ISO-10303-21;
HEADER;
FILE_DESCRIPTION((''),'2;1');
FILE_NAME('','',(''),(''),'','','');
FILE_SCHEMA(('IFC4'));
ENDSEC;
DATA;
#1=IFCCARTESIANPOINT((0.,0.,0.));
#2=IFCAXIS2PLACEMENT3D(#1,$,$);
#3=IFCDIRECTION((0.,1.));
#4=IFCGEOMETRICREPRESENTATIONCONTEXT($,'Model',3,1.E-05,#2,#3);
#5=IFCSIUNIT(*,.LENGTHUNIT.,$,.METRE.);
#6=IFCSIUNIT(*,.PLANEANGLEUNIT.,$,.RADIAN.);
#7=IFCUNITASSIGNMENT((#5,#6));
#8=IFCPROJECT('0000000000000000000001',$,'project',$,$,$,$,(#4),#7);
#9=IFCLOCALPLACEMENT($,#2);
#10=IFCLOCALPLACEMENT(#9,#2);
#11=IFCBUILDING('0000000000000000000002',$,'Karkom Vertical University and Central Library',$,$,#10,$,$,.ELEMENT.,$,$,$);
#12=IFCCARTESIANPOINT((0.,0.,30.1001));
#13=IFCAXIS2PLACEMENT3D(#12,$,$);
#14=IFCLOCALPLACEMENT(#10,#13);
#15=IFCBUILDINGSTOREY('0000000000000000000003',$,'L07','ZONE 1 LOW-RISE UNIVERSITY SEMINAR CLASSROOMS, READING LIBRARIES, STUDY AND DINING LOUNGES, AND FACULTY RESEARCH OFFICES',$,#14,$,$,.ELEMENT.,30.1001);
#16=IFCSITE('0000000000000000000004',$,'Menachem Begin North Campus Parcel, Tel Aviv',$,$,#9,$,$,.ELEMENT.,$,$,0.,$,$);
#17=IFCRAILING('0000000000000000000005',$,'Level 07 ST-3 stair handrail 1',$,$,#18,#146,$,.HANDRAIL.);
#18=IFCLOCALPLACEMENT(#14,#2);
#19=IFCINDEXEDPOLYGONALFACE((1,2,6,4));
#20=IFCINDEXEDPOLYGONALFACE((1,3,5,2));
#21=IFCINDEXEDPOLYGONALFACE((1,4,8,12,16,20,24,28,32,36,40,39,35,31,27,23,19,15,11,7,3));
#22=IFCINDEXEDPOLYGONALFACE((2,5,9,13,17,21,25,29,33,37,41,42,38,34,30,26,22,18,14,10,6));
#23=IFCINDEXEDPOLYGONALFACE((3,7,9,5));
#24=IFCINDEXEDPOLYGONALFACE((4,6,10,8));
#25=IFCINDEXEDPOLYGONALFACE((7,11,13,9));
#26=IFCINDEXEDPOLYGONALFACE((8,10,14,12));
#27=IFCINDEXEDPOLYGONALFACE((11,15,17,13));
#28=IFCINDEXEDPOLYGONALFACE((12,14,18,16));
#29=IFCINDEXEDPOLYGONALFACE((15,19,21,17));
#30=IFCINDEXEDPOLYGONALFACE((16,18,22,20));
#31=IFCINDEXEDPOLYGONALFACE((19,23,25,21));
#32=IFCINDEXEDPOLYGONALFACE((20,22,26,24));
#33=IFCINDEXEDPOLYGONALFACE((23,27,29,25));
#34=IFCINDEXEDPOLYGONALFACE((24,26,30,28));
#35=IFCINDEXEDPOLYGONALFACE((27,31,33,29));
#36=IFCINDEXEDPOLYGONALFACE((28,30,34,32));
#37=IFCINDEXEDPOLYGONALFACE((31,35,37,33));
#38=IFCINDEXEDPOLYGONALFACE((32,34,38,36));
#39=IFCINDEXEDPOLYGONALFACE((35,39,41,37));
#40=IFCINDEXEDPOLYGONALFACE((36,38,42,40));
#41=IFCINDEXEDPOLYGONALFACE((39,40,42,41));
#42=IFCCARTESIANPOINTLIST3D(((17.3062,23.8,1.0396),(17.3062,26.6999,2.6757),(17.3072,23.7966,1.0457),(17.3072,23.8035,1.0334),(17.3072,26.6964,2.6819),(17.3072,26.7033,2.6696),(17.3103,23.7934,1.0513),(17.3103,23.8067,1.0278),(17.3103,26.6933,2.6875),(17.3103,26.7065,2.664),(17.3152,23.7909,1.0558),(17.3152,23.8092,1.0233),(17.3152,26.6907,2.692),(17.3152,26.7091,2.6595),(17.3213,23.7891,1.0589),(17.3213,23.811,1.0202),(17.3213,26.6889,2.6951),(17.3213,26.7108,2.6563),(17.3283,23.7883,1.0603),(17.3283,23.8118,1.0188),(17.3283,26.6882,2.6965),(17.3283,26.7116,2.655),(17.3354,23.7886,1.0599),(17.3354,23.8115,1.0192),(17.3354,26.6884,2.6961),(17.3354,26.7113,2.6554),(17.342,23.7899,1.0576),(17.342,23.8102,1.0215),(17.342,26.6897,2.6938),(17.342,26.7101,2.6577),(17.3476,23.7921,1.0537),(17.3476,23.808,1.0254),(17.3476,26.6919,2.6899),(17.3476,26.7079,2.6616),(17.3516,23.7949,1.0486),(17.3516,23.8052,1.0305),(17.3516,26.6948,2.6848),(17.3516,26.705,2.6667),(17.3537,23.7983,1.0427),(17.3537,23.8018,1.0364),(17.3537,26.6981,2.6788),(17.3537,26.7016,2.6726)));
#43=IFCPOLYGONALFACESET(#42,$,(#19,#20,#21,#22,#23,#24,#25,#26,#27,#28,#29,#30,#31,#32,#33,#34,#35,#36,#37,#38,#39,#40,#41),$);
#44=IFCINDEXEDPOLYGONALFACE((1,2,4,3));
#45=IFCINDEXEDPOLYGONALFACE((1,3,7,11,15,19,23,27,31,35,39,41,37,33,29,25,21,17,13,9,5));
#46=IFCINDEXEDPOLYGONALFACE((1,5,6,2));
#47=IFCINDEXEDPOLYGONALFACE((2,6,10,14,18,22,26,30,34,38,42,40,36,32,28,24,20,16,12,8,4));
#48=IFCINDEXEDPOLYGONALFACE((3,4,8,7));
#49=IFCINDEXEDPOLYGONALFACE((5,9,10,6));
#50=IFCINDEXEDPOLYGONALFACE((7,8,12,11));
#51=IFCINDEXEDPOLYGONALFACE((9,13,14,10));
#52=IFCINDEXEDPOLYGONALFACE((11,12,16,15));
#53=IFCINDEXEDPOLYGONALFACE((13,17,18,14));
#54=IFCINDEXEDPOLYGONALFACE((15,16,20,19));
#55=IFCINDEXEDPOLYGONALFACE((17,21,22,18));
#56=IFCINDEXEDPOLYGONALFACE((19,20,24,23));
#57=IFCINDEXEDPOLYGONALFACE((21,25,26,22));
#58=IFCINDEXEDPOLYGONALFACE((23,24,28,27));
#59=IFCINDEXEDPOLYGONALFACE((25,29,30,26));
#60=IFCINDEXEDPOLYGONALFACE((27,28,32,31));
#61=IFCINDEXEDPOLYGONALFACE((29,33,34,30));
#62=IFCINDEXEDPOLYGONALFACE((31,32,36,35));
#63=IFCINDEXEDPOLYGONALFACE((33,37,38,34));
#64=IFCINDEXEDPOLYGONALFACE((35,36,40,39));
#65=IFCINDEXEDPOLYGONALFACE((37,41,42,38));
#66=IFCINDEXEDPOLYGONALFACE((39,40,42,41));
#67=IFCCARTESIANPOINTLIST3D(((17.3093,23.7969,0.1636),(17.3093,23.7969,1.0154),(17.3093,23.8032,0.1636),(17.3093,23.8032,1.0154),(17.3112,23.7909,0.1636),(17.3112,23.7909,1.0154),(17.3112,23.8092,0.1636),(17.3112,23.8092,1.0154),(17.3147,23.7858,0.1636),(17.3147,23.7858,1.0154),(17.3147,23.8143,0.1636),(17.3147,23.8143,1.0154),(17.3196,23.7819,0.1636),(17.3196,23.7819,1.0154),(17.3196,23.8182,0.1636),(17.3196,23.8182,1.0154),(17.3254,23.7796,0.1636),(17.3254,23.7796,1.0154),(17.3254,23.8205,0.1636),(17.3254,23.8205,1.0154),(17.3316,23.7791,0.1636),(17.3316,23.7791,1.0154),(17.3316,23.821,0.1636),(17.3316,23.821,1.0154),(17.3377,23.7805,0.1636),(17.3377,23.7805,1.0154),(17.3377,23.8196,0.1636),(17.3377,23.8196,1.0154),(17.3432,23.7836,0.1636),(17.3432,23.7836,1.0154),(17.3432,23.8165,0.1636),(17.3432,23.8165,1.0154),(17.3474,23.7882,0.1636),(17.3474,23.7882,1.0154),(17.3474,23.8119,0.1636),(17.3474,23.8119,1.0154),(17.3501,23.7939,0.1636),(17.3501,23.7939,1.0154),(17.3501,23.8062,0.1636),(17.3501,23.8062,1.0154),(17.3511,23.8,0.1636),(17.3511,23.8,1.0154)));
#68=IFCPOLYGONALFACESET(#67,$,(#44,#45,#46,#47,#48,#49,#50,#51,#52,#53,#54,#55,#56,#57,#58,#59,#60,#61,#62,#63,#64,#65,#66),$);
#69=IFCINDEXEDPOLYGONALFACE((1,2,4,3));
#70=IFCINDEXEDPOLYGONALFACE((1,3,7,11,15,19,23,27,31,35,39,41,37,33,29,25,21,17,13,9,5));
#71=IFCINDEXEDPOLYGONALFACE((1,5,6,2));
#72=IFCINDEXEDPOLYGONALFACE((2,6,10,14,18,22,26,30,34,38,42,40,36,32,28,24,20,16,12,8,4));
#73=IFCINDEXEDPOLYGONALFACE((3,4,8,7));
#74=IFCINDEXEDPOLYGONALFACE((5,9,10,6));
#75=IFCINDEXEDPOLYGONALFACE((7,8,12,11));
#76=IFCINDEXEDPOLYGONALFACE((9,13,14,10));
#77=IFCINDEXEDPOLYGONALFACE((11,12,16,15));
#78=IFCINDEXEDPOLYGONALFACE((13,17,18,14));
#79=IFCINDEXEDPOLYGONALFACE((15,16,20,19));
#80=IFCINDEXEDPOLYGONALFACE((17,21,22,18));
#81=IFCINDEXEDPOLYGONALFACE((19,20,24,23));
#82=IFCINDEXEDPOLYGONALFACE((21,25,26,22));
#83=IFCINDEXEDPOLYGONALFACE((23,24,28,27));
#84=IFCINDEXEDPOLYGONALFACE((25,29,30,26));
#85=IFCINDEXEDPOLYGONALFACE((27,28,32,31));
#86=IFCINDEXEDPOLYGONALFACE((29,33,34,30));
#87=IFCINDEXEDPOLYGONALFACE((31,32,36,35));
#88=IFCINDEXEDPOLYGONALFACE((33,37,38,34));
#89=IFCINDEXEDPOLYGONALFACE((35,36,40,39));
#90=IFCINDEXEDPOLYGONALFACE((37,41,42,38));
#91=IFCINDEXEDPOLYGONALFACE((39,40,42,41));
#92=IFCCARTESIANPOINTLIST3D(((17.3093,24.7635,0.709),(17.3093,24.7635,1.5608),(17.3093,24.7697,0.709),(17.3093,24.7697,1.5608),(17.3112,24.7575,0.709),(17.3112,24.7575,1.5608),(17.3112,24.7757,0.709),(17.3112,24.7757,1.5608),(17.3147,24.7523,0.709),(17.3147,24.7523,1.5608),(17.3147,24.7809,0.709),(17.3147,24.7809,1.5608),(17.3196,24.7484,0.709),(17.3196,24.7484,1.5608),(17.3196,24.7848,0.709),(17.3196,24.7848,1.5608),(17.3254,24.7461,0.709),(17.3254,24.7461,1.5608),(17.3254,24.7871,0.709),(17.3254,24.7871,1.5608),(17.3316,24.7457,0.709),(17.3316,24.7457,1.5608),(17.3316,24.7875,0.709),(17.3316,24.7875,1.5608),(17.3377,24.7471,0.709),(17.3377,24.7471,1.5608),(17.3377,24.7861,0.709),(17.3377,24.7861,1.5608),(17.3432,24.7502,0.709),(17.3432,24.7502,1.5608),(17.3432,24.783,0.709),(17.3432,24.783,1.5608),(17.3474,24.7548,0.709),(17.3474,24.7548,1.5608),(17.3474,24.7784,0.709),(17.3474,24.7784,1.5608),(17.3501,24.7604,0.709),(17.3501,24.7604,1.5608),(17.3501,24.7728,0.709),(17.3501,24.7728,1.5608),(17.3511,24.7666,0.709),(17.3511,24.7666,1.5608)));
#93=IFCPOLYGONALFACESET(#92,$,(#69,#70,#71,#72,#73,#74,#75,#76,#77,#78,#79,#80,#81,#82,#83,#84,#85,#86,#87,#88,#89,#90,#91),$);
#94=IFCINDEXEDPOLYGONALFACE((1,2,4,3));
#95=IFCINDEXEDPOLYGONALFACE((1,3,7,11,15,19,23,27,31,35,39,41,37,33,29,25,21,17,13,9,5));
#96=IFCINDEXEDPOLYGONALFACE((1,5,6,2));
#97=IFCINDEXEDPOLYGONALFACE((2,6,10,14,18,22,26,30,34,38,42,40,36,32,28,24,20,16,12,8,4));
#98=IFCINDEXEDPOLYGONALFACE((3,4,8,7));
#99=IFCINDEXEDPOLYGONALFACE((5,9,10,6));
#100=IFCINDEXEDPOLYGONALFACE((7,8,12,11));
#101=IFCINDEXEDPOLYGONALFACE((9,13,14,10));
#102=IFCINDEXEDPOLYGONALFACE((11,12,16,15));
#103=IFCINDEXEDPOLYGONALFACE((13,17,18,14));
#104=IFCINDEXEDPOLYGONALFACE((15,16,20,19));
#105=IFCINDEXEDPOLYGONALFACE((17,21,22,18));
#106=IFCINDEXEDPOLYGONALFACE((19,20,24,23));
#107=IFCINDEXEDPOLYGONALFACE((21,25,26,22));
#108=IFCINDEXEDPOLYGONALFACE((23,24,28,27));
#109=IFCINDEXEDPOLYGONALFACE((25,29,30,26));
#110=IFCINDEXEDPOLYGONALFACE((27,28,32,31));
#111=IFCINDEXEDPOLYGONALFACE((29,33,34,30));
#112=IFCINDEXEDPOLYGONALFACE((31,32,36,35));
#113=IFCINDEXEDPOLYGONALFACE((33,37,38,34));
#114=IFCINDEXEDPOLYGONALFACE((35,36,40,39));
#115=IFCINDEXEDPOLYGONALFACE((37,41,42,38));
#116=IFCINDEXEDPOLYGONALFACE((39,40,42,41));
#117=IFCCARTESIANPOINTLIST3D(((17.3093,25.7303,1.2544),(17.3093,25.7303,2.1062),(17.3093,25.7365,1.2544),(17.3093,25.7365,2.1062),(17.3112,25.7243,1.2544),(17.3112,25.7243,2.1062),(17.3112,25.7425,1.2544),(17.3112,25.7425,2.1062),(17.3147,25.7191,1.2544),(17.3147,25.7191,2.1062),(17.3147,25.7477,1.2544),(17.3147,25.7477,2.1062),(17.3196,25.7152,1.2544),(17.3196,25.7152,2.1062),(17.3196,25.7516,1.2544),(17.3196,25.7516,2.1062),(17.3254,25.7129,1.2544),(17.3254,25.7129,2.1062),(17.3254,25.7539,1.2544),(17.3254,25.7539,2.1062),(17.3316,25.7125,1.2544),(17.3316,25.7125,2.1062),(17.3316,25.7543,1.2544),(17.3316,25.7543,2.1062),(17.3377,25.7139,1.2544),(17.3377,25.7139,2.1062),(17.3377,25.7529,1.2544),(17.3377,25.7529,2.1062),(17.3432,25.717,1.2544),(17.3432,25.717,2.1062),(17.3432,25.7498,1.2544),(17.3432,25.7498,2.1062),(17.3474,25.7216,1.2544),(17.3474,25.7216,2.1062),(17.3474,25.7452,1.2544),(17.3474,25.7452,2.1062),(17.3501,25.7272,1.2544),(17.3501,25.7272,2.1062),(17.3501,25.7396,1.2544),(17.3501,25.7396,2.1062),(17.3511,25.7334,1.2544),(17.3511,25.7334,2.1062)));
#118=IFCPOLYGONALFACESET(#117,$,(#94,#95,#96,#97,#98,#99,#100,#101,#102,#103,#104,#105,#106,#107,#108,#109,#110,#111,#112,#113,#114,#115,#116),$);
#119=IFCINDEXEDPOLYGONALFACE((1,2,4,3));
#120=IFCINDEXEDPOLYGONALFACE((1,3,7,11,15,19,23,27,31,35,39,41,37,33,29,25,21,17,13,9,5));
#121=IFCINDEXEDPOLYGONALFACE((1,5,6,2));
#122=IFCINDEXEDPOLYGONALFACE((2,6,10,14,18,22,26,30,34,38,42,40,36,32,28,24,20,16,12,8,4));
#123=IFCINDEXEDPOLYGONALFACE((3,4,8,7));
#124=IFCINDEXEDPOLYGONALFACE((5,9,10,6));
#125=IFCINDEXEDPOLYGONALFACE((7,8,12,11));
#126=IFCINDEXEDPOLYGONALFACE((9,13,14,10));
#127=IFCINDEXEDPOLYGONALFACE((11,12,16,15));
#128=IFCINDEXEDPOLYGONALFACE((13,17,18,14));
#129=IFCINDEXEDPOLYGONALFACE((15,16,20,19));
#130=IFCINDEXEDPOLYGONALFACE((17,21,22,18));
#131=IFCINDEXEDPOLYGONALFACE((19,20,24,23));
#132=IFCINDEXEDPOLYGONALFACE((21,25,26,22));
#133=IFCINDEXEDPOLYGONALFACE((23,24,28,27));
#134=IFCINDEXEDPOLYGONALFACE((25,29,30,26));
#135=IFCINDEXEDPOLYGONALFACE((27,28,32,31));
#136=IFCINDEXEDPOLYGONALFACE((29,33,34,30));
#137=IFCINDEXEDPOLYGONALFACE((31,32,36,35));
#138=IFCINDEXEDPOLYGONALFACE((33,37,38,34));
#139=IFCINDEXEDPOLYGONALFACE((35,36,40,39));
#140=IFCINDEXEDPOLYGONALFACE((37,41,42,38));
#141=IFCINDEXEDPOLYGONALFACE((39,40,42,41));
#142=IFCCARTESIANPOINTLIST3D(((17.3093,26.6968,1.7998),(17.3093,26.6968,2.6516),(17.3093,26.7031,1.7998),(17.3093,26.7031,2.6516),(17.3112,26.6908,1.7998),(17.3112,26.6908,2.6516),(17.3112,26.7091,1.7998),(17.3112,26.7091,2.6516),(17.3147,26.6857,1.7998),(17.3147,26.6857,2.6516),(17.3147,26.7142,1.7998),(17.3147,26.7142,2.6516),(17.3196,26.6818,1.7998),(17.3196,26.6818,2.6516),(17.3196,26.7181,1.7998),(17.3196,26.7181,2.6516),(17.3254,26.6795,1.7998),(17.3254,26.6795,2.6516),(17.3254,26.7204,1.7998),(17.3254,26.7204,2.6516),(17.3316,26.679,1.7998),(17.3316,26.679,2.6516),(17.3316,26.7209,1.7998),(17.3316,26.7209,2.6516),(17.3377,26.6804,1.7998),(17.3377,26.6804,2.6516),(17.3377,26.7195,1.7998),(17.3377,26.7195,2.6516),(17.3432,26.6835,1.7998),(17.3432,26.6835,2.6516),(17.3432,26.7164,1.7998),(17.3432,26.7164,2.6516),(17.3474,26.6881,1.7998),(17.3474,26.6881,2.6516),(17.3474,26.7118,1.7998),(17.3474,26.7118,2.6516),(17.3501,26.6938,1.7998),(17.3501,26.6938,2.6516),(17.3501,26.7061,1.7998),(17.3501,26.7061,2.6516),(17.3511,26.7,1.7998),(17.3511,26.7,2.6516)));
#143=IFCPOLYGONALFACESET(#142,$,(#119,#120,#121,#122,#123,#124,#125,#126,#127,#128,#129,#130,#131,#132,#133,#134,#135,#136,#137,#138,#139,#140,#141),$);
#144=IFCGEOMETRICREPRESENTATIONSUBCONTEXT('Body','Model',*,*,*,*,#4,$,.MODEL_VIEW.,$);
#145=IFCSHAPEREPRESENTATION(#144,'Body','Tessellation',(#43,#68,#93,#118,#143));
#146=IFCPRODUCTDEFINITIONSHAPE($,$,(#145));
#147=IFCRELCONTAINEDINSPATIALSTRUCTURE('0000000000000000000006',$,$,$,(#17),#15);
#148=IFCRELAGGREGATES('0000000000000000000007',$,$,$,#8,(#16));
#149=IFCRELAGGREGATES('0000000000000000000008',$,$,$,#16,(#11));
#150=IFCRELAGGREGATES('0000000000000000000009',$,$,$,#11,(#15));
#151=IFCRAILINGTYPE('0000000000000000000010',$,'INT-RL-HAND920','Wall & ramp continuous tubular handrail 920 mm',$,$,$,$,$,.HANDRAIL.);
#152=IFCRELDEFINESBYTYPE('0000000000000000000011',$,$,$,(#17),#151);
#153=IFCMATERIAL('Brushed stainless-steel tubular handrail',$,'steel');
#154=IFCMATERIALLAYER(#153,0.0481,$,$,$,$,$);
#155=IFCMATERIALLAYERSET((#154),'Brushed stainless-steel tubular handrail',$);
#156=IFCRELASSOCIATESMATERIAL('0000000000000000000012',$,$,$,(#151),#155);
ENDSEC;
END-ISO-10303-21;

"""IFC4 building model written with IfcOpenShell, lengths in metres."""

from ifc_helpers import new_model, si_unit, direction, frame, origin, origin_2d, place, context, subcontext, project, spatial, circle, extrude, material, layer, layer_set, type_object, element, save


model = new_model("IFC4")

# Units and contexts
model_context = context("Model", 3, precision=1e-05, world=origin(), true_north=direction((0.0, 1.0)))
body_context = subcontext(model_context, "Body", "Model", "MODEL_VIEW")
ifc_project = project(units=[si_unit("LENGTHUNIT", "METRE"), si_unit("PLANEANGLEUNIT", "RADIAN")], contexts=[model_context])

# Site, building, storey
site_placement = place(None, origin())
site = spatial("IfcSite", under=ifc_project, at=site_placement, Name="Menachem Begin North Campus Parcel, Tel Aviv", CompositionType="ELEMENT", RefElevation=0.0)
building_placement = place(site_placement, origin())
building = spatial("IfcBuilding", under=site, at=building_placement, Name="Karkom Vertical University and Central Library", CompositionType="ELEMENT")
storey_placement = place(building_placement, frame((0.0, 0.0, 30.1001)))
storey = spatial("IfcBuildingStorey", under=building, at=storey_placement, Name="L07", Description="ZONE 1 LOW-RISE UNIVERSITY SEMINAR CLASSROOMS, READING LIBRARIES, STUDY AND DINING LOUNGES, AND FACULTY RESEARCH OFFICES", CompositionType="ELEMENT", Elevation=30.1001)

# Railing
ifc_material_1 = material(Name="Brushed stainless-steel tubular handrail", Category="steel")
ifc_layer_1 = layer(ifc_material_1, 0.0481)
ifc_layer_set_1 = layer_set([ifc_layer_1], Name="Brushed stainless-steel tubular handrail")
railing_type_1 = type_object("IfcRailingType", Name="INT-RL-HAND920", Description="Wall & ramp continuous tubular handrail 920 mm", PredefinedType="HANDRAIL", material=ifc_layer_set_1)
railing_1_placement = place(storey_placement, frame((17.3301, 23.8, 0.1636)))
element("IfcRailing", 1, at=railing_1_placement, inside=storey, type_object=railing_type_1, Name="Level 07 ST-3 stair handrail 1", PredefinedType="HANDRAIL", context=body_context, shape_type="SweptSolid", body=[
    extrude(circle(Radius=0.0239, at=origin_2d()), frame((0.0, 0.0, 0.876), z_axis=(0.0, 0.870929, 0.49141), x_axis=(-1.0, 0.0, 0.0)), (0.0, 0.0, 1.0), 3.3296),
    extrude(circle(Radius=0.021, at=origin_2d()), origin(), (0.0, 0.0, 1.0), 0.8518),
    extrude(circle(Radius=0.021, at=origin_2d()), frame((0.0, 0.9666, 0.5454)), (0.0, 0.0, 1.0), 0.8518),
    extrude(circle(Radius=0.021, at=origin_2d()), frame((0.0, 1.9333, 1.0908)), (0.0, 0.0, 1.0), 0.8518),
    extrude(circle(Radius=0.021, at=origin_2d()), frame((0.0, 2.8999, 1.6362)), (0.0, 0.0, 1.0), 0.8518),
])

save(model, "model.ifc")
